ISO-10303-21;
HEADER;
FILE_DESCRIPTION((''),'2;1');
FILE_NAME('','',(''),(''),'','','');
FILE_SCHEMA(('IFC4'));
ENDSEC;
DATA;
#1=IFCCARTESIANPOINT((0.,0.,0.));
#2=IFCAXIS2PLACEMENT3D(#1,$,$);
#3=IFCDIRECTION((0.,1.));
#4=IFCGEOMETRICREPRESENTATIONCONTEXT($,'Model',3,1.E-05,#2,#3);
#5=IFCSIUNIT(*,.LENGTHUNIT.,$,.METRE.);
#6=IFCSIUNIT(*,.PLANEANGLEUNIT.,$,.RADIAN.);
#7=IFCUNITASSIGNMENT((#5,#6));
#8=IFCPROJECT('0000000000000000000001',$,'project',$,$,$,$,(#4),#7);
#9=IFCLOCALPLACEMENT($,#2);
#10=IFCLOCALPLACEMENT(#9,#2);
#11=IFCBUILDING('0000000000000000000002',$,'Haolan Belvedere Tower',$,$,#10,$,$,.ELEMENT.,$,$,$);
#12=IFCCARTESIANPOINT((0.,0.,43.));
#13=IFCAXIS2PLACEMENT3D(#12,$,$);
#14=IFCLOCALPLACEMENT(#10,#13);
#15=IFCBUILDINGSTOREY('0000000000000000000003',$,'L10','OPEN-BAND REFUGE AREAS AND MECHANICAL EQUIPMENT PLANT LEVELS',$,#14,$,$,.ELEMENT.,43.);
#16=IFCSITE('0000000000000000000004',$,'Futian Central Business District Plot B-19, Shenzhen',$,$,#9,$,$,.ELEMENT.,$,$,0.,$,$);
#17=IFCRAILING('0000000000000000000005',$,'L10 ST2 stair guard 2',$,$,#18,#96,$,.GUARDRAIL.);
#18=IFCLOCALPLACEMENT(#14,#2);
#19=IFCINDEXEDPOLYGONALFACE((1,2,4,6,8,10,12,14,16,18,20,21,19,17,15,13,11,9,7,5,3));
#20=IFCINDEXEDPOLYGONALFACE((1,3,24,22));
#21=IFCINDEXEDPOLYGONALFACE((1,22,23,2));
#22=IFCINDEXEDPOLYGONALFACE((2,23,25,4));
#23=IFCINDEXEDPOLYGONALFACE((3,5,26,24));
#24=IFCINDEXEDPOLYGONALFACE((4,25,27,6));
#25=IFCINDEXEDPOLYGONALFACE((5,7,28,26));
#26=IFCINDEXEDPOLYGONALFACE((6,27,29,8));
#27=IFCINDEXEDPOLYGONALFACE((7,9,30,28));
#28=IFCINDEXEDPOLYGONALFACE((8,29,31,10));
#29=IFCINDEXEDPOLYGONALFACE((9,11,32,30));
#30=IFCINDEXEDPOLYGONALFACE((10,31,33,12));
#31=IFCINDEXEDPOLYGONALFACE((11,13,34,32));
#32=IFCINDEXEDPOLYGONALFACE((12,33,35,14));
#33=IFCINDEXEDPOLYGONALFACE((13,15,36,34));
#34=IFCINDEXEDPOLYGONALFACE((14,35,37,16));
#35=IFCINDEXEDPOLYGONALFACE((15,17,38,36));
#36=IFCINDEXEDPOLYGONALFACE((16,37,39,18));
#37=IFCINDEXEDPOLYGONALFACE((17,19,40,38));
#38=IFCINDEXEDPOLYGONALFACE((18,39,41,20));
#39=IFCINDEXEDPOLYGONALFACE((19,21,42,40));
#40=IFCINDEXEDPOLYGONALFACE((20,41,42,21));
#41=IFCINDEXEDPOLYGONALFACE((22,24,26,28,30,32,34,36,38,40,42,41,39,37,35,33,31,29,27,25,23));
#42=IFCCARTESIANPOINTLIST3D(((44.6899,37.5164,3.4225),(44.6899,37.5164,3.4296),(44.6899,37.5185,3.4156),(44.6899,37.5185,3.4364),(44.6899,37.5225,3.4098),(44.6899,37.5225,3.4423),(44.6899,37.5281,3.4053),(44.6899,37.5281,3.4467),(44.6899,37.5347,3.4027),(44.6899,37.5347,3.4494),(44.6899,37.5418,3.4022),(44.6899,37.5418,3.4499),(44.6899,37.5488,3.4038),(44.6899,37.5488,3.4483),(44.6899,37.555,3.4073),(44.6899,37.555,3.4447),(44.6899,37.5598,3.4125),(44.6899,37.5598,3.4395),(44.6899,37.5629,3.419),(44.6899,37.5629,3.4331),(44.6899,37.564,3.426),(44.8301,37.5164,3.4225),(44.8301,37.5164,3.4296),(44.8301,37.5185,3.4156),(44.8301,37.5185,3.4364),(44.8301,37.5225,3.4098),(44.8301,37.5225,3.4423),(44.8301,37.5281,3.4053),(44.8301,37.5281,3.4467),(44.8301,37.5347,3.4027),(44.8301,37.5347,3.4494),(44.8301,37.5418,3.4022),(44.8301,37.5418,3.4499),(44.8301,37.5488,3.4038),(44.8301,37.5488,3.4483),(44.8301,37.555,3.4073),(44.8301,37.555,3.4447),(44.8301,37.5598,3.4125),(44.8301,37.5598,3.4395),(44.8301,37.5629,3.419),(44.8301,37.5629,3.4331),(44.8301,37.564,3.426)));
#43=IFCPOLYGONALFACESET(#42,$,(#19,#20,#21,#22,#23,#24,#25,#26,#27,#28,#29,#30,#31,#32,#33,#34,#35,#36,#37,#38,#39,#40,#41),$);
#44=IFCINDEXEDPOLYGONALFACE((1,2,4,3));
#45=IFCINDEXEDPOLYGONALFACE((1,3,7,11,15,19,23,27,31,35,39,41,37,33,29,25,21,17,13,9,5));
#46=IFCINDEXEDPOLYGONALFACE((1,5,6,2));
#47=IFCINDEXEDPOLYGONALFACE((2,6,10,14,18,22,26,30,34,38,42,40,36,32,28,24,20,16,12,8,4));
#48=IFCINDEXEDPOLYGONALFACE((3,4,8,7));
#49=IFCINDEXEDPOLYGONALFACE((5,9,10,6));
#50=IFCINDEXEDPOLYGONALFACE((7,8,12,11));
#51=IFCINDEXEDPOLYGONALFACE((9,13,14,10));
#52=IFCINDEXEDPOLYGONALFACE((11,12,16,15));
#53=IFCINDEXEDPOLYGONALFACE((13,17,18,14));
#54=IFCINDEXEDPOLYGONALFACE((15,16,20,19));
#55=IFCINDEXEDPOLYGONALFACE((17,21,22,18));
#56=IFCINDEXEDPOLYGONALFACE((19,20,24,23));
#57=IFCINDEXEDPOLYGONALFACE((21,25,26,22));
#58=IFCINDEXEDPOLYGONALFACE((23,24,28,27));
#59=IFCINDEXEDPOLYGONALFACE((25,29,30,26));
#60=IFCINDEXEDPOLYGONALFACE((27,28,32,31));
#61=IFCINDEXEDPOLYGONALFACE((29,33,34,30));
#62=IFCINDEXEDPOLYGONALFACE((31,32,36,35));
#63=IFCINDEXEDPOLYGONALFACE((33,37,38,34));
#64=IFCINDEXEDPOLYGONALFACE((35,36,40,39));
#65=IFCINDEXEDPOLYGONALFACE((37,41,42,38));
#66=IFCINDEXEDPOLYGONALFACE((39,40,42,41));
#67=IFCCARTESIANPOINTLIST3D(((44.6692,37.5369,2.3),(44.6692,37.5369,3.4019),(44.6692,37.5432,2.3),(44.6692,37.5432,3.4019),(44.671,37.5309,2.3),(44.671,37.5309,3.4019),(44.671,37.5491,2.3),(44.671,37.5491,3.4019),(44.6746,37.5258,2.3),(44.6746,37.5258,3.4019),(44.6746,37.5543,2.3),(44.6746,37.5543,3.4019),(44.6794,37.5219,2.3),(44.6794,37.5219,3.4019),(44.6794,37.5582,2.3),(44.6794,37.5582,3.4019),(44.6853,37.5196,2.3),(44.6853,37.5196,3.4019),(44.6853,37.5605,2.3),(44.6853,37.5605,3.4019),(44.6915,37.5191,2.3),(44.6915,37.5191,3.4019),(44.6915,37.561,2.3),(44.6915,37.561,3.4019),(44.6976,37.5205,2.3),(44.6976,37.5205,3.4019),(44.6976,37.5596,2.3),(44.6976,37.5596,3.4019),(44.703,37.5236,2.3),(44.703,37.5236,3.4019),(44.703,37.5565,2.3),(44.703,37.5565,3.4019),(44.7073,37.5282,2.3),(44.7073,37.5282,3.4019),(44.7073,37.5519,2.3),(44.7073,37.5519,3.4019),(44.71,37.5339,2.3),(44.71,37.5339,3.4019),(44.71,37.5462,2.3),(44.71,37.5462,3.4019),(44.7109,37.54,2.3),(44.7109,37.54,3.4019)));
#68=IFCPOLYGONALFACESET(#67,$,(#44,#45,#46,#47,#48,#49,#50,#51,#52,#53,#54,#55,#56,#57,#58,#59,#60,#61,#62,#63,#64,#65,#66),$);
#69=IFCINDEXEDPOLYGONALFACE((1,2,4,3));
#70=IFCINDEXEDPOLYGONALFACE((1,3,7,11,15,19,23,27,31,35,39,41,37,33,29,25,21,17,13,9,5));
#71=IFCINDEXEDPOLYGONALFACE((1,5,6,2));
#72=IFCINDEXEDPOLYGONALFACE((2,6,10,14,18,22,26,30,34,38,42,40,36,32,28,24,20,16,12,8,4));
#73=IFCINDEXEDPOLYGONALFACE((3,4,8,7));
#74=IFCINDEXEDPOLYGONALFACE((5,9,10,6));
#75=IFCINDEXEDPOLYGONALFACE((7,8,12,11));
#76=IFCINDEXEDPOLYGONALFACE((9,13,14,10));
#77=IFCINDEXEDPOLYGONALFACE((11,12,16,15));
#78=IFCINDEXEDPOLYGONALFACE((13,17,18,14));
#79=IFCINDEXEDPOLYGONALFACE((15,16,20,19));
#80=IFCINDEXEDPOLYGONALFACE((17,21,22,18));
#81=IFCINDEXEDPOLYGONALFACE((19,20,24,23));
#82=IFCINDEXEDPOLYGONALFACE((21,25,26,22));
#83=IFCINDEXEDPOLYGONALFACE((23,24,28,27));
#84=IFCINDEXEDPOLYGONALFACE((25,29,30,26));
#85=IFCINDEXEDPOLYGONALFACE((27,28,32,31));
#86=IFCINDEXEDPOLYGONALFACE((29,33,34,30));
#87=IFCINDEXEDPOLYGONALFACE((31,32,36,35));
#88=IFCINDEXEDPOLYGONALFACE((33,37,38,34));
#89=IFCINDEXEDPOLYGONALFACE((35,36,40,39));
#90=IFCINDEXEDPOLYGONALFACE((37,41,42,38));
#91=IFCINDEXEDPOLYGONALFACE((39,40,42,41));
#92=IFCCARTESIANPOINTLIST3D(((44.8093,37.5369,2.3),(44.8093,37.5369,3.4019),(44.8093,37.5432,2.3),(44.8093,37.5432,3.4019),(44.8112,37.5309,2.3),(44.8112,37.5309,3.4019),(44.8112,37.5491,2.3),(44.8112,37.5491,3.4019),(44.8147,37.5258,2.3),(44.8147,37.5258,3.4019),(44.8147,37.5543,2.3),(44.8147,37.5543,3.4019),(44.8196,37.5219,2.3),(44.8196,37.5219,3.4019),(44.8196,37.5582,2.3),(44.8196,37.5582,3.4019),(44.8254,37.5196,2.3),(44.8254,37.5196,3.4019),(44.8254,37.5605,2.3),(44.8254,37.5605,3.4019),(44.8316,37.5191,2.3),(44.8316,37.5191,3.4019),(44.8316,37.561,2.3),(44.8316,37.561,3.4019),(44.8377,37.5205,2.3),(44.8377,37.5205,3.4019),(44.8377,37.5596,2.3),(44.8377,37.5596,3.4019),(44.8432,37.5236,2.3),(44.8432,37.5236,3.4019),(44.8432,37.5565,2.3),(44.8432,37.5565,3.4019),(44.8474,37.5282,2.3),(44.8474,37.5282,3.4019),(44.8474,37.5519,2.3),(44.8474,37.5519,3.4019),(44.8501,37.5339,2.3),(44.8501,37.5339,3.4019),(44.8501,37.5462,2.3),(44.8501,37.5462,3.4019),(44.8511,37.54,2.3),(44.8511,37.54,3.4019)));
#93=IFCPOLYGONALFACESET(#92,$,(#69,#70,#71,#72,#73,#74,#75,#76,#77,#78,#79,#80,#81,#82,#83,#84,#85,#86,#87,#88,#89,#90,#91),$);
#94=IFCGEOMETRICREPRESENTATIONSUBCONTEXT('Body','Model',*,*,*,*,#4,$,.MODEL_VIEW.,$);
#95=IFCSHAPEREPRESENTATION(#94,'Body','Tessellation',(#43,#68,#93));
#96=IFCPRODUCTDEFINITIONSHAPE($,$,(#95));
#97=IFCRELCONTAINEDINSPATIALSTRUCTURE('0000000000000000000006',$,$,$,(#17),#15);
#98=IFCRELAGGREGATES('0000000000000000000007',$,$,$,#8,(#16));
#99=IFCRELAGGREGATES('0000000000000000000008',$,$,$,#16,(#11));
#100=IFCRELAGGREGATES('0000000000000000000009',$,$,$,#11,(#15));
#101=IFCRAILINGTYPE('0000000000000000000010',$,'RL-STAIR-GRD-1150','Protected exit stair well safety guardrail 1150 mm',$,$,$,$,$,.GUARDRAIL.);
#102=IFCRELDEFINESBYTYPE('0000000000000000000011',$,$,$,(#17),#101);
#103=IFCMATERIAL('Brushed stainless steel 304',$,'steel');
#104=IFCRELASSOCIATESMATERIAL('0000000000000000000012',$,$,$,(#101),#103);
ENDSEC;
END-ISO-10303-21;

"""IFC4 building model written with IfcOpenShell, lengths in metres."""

from ifc_helpers import new_model, si_unit, direction, frame, origin, origin_2d, place, context, subcontext, project, spatial, circle, extrude, material, type_object, element, save


model = new_model("IFC4")

# Units and contexts
model_context = context("Model", 3, precision=1e-05, world=origin(), true_north=direction((0.0, 1.0)))
body_context = subcontext(model_context, "Body", "Model", "MODEL_VIEW")
ifc_project = project(units=[si_unit("LENGTHUNIT", "METRE"), si_unit("PLANEANGLEUNIT", "RADIAN")], contexts=[model_context])

# Site, building, storey
site_placement = place(None, origin())
site = spatial("IfcSite", under=ifc_project, at=site_placement, Name="Futian Central Business District Plot B-19, Shenzhen", CompositionType="ELEMENT", RefElevation=0.0)
building_placement = place(site_placement, origin())
building = spatial("IfcBuilding", under=site, at=building_placement, Name="Haolan Belvedere Tower", CompositionType="ELEMENT")
storey_placement = place(building_placement, frame((0.0, 0.0, 43.0)))
storey = spatial("IfcBuildingStorey", under=building, at=storey_placement, Name="L10", Description="OPEN-BAND REFUGE AREAS AND MECHANICAL EQUIPMENT PLANT LEVELS", CompositionType="ELEMENT", Elevation=43.0)

# Railing
ifc_material_1 = material(Name="Brushed stainless steel 304", Category="steel")
railing_type_1 = type_object("IfcRailingType", Name="RL-STAIR-GRD-1150", Description="Protected exit stair well safety guardrail 1150 mm", PredefinedType="GUARDRAIL", material=ifc_material_1)
railing_1_placement = place(storey_placement, frame((44.6899, 37.54, 2.3)))
element("IfcRailing", 1, at=railing_1_placement, inside=storey, type_object=railing_type_1, Name="L10 ST2 stair guard 2", PredefinedType="GUARDRAIL", context=body_context, shape_type="SweptSolid", body=[
    extrude(circle(Radius=0.0239, at=origin_2d()), frame((0.0, 0.0, 1.126), z_axis=(1.0, 0.0, 0.0), x_axis=(0.0, 1.0, 0.0)), (0.0, 0.0, 1.0), 0.1401),
    extrude(circle(Radius=0.021, at=origin_2d()), origin(), (0.0, 0.0, 1.0), 1.1018),
    extrude(circle(Radius=0.021, at=origin_2d()), frame((0.1401, 0.0, 0.0)), (0.0, 0.0, 1.0), 1.1018),
])

save(model, "model.ifc")
